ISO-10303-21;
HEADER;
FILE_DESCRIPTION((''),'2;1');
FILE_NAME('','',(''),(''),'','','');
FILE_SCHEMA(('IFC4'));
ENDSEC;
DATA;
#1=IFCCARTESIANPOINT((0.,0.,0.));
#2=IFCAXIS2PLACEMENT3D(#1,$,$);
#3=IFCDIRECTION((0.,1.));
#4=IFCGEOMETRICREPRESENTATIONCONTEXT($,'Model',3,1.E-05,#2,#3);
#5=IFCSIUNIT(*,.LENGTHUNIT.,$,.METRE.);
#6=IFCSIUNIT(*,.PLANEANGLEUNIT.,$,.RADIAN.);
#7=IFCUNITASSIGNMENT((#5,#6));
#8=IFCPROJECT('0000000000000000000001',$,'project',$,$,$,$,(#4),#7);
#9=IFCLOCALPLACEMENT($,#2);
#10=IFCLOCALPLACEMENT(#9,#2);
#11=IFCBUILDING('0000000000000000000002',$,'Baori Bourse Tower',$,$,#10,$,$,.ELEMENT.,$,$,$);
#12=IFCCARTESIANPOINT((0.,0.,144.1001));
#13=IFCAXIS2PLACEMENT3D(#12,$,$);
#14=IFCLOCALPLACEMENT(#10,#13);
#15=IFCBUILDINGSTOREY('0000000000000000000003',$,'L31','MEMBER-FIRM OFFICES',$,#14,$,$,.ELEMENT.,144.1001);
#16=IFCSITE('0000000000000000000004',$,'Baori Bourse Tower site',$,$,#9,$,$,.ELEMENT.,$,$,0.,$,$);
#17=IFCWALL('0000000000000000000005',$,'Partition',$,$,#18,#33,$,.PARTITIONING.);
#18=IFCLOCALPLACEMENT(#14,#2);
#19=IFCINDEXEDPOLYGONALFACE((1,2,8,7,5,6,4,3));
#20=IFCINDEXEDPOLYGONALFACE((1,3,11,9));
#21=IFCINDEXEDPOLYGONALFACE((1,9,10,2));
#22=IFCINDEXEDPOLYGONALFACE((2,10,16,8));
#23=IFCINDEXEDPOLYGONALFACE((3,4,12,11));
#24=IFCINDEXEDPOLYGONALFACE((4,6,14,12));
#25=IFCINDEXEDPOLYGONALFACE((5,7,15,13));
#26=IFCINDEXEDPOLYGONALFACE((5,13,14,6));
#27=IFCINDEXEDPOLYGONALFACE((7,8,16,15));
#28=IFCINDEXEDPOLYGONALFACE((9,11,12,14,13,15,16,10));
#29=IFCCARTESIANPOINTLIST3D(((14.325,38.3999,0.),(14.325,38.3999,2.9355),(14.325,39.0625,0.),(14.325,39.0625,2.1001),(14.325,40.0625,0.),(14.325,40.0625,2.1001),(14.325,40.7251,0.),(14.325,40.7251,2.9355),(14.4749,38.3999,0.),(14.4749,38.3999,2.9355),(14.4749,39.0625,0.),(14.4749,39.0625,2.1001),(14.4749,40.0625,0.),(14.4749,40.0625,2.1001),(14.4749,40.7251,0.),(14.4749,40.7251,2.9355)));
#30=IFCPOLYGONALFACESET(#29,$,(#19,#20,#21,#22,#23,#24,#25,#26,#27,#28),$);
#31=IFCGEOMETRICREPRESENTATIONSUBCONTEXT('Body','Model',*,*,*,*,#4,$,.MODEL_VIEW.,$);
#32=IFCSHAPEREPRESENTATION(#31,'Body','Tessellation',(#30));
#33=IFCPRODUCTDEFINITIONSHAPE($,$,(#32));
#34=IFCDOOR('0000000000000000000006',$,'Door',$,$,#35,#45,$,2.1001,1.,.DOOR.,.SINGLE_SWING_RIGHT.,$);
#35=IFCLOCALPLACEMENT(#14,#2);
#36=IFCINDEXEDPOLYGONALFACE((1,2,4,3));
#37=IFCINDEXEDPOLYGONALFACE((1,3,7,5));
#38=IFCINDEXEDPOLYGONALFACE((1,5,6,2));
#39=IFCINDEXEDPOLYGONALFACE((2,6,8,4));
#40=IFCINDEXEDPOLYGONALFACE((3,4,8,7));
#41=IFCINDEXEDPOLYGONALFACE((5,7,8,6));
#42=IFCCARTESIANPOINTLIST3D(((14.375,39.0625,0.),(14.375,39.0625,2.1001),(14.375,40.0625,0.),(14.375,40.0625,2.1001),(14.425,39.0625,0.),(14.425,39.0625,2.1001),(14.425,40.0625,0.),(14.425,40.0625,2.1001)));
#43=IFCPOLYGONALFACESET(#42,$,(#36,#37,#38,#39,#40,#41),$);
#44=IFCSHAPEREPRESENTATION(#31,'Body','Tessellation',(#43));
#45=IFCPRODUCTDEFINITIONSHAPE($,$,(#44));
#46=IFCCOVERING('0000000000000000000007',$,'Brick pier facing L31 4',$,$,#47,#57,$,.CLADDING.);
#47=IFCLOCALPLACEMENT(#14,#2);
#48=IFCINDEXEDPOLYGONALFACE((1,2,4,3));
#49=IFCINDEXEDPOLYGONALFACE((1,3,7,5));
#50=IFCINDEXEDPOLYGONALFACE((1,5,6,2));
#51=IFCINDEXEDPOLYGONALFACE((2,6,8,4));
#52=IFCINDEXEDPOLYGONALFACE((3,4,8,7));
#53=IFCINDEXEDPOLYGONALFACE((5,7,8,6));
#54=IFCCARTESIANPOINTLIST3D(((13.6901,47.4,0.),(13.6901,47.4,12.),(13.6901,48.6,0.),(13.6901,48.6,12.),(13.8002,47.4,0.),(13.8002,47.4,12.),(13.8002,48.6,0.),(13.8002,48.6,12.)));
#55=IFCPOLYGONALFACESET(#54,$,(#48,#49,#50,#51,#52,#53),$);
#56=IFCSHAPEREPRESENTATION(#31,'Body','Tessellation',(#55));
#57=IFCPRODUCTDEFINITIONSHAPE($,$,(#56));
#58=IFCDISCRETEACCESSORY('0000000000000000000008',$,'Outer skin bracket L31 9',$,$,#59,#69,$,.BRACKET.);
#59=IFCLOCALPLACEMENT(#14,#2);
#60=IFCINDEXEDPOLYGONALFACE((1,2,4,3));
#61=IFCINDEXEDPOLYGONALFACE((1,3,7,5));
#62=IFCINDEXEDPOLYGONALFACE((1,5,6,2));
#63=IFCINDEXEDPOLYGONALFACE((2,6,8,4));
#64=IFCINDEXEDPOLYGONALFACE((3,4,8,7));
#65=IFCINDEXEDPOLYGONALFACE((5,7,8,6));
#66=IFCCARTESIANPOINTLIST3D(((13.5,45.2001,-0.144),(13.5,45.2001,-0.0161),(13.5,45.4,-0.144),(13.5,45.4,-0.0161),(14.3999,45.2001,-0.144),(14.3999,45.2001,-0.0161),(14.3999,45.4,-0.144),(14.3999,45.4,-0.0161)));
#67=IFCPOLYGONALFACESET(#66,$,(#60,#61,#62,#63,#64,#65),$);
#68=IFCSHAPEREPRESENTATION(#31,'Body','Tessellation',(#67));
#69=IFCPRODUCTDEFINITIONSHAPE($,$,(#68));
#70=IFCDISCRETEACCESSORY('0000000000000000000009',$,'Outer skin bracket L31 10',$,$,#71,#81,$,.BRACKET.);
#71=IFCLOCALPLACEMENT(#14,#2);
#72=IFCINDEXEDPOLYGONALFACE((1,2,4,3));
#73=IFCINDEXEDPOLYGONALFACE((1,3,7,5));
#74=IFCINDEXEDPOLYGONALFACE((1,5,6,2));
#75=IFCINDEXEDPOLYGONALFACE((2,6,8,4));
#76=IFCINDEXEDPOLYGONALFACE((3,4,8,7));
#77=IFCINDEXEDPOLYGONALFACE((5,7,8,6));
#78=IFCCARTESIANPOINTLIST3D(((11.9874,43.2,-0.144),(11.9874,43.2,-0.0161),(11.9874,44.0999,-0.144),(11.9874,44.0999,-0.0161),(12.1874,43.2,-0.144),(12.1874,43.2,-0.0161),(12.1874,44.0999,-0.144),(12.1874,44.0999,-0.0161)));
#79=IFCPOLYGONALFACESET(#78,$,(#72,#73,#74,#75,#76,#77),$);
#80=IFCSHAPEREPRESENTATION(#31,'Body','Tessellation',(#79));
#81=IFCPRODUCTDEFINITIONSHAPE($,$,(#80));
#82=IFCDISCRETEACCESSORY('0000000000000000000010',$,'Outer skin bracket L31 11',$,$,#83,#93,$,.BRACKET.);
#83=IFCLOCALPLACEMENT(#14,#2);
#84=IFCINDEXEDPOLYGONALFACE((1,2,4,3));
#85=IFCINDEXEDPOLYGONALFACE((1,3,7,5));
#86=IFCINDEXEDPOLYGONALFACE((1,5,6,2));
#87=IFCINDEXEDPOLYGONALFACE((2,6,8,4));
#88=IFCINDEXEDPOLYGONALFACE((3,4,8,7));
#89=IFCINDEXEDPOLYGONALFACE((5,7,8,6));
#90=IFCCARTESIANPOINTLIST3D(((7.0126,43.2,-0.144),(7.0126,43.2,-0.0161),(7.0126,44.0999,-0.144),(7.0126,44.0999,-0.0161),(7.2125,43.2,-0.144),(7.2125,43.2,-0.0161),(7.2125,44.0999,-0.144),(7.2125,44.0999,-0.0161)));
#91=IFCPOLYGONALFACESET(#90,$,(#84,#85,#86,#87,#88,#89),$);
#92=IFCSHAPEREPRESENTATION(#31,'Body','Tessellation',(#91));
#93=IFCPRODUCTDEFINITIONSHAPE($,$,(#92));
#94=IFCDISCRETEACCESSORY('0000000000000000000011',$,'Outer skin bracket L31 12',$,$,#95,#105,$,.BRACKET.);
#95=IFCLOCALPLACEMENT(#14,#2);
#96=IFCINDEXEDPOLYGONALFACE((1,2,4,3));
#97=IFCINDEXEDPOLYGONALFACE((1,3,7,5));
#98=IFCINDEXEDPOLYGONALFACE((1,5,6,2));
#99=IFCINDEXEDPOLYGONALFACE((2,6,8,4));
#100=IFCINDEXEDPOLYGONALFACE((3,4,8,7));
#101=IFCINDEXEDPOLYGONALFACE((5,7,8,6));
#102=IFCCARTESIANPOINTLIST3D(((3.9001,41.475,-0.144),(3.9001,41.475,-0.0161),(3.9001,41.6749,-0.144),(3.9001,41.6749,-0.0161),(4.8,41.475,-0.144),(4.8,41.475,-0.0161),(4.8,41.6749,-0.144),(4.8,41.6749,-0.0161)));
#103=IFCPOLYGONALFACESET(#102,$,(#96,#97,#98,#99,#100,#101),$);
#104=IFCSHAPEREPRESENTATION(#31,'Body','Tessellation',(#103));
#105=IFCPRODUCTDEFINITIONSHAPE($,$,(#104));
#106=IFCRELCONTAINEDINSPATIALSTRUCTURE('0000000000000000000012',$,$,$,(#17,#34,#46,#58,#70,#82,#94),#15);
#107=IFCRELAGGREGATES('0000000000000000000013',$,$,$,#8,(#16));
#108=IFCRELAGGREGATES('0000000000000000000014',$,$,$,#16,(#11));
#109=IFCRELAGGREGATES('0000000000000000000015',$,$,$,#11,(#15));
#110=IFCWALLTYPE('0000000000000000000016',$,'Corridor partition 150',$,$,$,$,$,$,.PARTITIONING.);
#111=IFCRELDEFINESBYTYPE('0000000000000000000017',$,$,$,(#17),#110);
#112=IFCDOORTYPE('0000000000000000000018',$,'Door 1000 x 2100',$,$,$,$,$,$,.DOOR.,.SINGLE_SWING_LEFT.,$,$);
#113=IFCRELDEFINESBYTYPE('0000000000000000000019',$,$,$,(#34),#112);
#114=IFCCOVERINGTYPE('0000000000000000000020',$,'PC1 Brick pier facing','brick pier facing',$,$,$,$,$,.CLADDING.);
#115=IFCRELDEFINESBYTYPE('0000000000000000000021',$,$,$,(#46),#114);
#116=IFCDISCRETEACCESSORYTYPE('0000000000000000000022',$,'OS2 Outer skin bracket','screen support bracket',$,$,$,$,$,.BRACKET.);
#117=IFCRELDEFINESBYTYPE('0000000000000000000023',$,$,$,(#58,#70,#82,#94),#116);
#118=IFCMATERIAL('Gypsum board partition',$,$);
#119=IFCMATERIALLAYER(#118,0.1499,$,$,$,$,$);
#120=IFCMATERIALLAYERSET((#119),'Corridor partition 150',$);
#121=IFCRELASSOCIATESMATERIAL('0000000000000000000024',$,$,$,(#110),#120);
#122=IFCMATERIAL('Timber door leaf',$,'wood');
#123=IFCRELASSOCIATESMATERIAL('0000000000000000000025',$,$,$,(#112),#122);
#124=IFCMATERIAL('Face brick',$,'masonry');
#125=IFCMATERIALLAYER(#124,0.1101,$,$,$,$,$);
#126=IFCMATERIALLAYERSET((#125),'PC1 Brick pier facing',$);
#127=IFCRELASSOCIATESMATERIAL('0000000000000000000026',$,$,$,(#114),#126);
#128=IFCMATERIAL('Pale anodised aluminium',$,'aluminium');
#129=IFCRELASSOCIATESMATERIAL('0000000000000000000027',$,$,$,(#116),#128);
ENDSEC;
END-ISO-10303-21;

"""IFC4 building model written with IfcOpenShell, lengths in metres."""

from ifc_helpers import new_model, si_unit, direction, frame, frame_2d, origin, origin_2d, place, context, subcontext, project, spatial, rectangle, extrude, material, layer, layer_set, type_object, element, fill, save


model = new_model("IFC4")

# Units and contexts
model_context = context("Model", 3, precision=1e-05, world=origin(), true_north=direction((0.0, 1.0)))
body_context = subcontext(model_context, "Body", "Model", "MODEL_VIEW")
ifc_project = project(units=[si_unit("LENGTHUNIT", "METRE"), si_unit("PLANEANGLEUNIT", "RADIAN")], contexts=[model_context])

# Site, building, storey
site_placement = place(None, origin())
site = spatial("IfcSite", under=ifc_project, at=site_placement, Name="Baori Bourse Tower site", CompositionType="ELEMENT", RefElevation=0.0)
building_placement = place(site_placement, origin())
building = spatial("IfcBuilding", under=site, at=building_placement, Name="Baori Bourse Tower", CompositionType="ELEMENT")
storey_placement = place(building_placement, frame((0.0, 0.0, 144.1001)))
storey = spatial("IfcBuildingStorey", under=building, at=storey_placement, Name="L31", Description="MEMBER-FIRM OFFICES", CompositionType="ELEMENT", Elevation=144.1001)

# Shared definitions
ifc_material_1 = material(Name="Gypsum board partition")
ifc_layer_1 = layer(ifc_material_1, 0.1499)
ifc_layer_set_1 = layer_set([ifc_layer_1], Name="Corridor partition 150")
wall_type_1 = type_object("IfcWallType", Name="Corridor partition 150", PredefinedType="PARTITIONING", material=ifc_layer_set_1)
ifc_material_2 = material(Name="Timber door leaf", Category="wood")
door_type_1 = type_object("IfcDoorType", Name="Door 1000 x 2100", OperationType="SINGLE_SWING_LEFT", PredefinedType="DOOR", material=ifc_material_2)

# Wall, opening, door
wall_1_placement = place(storey_placement, frame((14.3999, 38.3999, 0.0), z_axis=(0.0, 0.0, 1.0), x_axis=(0.0, 1.0, 0.0)))
wall_1 = element("IfcWall", 1, at=wall_1_placement, inside=storey, type_object=wall_type_1, Name="Partition", PredefinedType="PARTITIONING", context=body_context, shape_type="SweptSolid", body=[
    extrude(rectangle(XDim=2.3252, YDim=0.1499, at=frame_2d((1.1626, 0.0))), origin(), (0.0, 0.0, 1.0), 2.9355),
])
opening_1_placement = place(wall_1_placement, frame((0.6626, 0.0, 0.0)))
opening_1 = element("IfcOpeningElement", 2, at=opening_1_placement, cuts=wall_1, PredefinedType="OPENING", context=body_context, shape_type="SweptSolid", body=[
    extrude(rectangle(XDim=1.0, YDim=2.1001, at=frame_2d((0.5, 1.05))), frame((0.0, 0.085, 0.0), z_axis=(0.0, -1.0, 0.0), x_axis=(1.0, 0.0, 0.0)), (0.0, 0.0, 1.0), 0.1699),
])
door_1_placement = place(opening_1_placement, origin())
door_1 = element("IfcDoor", 3, at=door_1_placement, inside=storey, type_object=door_type_1, Name="Door", OperationType="SINGLE_SWING_RIGHT", OverallHeight=2.1001, OverallWidth=1.0, PredefinedType="DOOR", context=body_context, shape_type="SweptSolid", body=[
    extrude(rectangle(XDim=1.0, YDim=2.1001, at=frame_2d((0.5, 1.05))), frame((0.0, 0.0249, 0.0), z_axis=(0.0, -1.0, 0.0), x_axis=(1.0, 0.0, 0.0)), (0.0, 0.0, 1.0), 0.05),
])
fill(opening_1, door_1)

# Covering
ifc_material_3 = material(Name="Face brick", Category="masonry")
ifc_layer_2 = layer(ifc_material_3, 0.1101)
ifc_layer_set_2 = layer_set([ifc_layer_2], Name="PC1 Brick pier facing")
covering_type = type_object("IfcCoveringType", Name="PC1 Brick pier facing", Description="brick pier facing", PredefinedType="CLADDING", material=ifc_layer_set_2)
covering_placement = place(storey_placement, frame((13.7451, 48.0, 0.0), z_axis=(0.0, 0.0, 1.0), x_axis=(1.0, 0.0, 0.0)))
element("IfcCovering", 4, at=covering_placement, inside=storey, type_object=covering_type, Name="Brick pier facing L31 4", PredefinedType="CLADDING", context=body_context, shape_type="SweptSolid", body=[
    extrude(rectangle(XDim=0.1101, YDim=1.2, at=origin_2d()), origin(), (0.0, 0.0, 1.0), 12.0),
])

# Discrete accessories
ifc_material_4 = material(Name="Pale anodised aluminium", Category="aluminium")
discrete_accessory_type = type_object("IfcDiscreteAccessoryType", Name="OS2 Outer skin bracket", Description="screen support bracket", PredefinedType="BRACKET", material=ifc_material_4)
for number, where, z_axis, x_axis, name in (
    (5, (13.95, 45.3, -0.144), (0.0, 0.0, 1.0), (0.0, -1.0, 0.0), "Outer skin bracket L31 9"),
    (6, (12.0874, 43.6499, -0.144), (0.0, 0.0, 1.0), (-1.0, 0.0, 0.0), "Outer skin bracket L31 10"),
    (7, (7.1125, 43.6499, -0.144), (0.0, 0.0, 1.0), (-1.0, 0.0, 0.0), "Outer skin bracket L31 11"),
    (8, (4.3501, 41.575, -0.144), (0.0, 0.0, 1.0), (0.0, -1.0, 0.0), "Outer skin bracket L31 12"),
):
    element("IfcDiscreteAccessory", number, at=place(storey_placement, frame(where, z_axis=z_axis, x_axis=x_axis)), inside=storey, type_object=discrete_accessory_type, Name=name, PredefinedType="BRACKET", context=body_context, shape_type="SweptSolid", body=[
        extrude(rectangle(XDim=0.2, YDim=0.8999, at=origin_2d()), origin(), (0.0, 0.0, 1.0), 0.1279),
    ])

save(model, "model.ifc")
